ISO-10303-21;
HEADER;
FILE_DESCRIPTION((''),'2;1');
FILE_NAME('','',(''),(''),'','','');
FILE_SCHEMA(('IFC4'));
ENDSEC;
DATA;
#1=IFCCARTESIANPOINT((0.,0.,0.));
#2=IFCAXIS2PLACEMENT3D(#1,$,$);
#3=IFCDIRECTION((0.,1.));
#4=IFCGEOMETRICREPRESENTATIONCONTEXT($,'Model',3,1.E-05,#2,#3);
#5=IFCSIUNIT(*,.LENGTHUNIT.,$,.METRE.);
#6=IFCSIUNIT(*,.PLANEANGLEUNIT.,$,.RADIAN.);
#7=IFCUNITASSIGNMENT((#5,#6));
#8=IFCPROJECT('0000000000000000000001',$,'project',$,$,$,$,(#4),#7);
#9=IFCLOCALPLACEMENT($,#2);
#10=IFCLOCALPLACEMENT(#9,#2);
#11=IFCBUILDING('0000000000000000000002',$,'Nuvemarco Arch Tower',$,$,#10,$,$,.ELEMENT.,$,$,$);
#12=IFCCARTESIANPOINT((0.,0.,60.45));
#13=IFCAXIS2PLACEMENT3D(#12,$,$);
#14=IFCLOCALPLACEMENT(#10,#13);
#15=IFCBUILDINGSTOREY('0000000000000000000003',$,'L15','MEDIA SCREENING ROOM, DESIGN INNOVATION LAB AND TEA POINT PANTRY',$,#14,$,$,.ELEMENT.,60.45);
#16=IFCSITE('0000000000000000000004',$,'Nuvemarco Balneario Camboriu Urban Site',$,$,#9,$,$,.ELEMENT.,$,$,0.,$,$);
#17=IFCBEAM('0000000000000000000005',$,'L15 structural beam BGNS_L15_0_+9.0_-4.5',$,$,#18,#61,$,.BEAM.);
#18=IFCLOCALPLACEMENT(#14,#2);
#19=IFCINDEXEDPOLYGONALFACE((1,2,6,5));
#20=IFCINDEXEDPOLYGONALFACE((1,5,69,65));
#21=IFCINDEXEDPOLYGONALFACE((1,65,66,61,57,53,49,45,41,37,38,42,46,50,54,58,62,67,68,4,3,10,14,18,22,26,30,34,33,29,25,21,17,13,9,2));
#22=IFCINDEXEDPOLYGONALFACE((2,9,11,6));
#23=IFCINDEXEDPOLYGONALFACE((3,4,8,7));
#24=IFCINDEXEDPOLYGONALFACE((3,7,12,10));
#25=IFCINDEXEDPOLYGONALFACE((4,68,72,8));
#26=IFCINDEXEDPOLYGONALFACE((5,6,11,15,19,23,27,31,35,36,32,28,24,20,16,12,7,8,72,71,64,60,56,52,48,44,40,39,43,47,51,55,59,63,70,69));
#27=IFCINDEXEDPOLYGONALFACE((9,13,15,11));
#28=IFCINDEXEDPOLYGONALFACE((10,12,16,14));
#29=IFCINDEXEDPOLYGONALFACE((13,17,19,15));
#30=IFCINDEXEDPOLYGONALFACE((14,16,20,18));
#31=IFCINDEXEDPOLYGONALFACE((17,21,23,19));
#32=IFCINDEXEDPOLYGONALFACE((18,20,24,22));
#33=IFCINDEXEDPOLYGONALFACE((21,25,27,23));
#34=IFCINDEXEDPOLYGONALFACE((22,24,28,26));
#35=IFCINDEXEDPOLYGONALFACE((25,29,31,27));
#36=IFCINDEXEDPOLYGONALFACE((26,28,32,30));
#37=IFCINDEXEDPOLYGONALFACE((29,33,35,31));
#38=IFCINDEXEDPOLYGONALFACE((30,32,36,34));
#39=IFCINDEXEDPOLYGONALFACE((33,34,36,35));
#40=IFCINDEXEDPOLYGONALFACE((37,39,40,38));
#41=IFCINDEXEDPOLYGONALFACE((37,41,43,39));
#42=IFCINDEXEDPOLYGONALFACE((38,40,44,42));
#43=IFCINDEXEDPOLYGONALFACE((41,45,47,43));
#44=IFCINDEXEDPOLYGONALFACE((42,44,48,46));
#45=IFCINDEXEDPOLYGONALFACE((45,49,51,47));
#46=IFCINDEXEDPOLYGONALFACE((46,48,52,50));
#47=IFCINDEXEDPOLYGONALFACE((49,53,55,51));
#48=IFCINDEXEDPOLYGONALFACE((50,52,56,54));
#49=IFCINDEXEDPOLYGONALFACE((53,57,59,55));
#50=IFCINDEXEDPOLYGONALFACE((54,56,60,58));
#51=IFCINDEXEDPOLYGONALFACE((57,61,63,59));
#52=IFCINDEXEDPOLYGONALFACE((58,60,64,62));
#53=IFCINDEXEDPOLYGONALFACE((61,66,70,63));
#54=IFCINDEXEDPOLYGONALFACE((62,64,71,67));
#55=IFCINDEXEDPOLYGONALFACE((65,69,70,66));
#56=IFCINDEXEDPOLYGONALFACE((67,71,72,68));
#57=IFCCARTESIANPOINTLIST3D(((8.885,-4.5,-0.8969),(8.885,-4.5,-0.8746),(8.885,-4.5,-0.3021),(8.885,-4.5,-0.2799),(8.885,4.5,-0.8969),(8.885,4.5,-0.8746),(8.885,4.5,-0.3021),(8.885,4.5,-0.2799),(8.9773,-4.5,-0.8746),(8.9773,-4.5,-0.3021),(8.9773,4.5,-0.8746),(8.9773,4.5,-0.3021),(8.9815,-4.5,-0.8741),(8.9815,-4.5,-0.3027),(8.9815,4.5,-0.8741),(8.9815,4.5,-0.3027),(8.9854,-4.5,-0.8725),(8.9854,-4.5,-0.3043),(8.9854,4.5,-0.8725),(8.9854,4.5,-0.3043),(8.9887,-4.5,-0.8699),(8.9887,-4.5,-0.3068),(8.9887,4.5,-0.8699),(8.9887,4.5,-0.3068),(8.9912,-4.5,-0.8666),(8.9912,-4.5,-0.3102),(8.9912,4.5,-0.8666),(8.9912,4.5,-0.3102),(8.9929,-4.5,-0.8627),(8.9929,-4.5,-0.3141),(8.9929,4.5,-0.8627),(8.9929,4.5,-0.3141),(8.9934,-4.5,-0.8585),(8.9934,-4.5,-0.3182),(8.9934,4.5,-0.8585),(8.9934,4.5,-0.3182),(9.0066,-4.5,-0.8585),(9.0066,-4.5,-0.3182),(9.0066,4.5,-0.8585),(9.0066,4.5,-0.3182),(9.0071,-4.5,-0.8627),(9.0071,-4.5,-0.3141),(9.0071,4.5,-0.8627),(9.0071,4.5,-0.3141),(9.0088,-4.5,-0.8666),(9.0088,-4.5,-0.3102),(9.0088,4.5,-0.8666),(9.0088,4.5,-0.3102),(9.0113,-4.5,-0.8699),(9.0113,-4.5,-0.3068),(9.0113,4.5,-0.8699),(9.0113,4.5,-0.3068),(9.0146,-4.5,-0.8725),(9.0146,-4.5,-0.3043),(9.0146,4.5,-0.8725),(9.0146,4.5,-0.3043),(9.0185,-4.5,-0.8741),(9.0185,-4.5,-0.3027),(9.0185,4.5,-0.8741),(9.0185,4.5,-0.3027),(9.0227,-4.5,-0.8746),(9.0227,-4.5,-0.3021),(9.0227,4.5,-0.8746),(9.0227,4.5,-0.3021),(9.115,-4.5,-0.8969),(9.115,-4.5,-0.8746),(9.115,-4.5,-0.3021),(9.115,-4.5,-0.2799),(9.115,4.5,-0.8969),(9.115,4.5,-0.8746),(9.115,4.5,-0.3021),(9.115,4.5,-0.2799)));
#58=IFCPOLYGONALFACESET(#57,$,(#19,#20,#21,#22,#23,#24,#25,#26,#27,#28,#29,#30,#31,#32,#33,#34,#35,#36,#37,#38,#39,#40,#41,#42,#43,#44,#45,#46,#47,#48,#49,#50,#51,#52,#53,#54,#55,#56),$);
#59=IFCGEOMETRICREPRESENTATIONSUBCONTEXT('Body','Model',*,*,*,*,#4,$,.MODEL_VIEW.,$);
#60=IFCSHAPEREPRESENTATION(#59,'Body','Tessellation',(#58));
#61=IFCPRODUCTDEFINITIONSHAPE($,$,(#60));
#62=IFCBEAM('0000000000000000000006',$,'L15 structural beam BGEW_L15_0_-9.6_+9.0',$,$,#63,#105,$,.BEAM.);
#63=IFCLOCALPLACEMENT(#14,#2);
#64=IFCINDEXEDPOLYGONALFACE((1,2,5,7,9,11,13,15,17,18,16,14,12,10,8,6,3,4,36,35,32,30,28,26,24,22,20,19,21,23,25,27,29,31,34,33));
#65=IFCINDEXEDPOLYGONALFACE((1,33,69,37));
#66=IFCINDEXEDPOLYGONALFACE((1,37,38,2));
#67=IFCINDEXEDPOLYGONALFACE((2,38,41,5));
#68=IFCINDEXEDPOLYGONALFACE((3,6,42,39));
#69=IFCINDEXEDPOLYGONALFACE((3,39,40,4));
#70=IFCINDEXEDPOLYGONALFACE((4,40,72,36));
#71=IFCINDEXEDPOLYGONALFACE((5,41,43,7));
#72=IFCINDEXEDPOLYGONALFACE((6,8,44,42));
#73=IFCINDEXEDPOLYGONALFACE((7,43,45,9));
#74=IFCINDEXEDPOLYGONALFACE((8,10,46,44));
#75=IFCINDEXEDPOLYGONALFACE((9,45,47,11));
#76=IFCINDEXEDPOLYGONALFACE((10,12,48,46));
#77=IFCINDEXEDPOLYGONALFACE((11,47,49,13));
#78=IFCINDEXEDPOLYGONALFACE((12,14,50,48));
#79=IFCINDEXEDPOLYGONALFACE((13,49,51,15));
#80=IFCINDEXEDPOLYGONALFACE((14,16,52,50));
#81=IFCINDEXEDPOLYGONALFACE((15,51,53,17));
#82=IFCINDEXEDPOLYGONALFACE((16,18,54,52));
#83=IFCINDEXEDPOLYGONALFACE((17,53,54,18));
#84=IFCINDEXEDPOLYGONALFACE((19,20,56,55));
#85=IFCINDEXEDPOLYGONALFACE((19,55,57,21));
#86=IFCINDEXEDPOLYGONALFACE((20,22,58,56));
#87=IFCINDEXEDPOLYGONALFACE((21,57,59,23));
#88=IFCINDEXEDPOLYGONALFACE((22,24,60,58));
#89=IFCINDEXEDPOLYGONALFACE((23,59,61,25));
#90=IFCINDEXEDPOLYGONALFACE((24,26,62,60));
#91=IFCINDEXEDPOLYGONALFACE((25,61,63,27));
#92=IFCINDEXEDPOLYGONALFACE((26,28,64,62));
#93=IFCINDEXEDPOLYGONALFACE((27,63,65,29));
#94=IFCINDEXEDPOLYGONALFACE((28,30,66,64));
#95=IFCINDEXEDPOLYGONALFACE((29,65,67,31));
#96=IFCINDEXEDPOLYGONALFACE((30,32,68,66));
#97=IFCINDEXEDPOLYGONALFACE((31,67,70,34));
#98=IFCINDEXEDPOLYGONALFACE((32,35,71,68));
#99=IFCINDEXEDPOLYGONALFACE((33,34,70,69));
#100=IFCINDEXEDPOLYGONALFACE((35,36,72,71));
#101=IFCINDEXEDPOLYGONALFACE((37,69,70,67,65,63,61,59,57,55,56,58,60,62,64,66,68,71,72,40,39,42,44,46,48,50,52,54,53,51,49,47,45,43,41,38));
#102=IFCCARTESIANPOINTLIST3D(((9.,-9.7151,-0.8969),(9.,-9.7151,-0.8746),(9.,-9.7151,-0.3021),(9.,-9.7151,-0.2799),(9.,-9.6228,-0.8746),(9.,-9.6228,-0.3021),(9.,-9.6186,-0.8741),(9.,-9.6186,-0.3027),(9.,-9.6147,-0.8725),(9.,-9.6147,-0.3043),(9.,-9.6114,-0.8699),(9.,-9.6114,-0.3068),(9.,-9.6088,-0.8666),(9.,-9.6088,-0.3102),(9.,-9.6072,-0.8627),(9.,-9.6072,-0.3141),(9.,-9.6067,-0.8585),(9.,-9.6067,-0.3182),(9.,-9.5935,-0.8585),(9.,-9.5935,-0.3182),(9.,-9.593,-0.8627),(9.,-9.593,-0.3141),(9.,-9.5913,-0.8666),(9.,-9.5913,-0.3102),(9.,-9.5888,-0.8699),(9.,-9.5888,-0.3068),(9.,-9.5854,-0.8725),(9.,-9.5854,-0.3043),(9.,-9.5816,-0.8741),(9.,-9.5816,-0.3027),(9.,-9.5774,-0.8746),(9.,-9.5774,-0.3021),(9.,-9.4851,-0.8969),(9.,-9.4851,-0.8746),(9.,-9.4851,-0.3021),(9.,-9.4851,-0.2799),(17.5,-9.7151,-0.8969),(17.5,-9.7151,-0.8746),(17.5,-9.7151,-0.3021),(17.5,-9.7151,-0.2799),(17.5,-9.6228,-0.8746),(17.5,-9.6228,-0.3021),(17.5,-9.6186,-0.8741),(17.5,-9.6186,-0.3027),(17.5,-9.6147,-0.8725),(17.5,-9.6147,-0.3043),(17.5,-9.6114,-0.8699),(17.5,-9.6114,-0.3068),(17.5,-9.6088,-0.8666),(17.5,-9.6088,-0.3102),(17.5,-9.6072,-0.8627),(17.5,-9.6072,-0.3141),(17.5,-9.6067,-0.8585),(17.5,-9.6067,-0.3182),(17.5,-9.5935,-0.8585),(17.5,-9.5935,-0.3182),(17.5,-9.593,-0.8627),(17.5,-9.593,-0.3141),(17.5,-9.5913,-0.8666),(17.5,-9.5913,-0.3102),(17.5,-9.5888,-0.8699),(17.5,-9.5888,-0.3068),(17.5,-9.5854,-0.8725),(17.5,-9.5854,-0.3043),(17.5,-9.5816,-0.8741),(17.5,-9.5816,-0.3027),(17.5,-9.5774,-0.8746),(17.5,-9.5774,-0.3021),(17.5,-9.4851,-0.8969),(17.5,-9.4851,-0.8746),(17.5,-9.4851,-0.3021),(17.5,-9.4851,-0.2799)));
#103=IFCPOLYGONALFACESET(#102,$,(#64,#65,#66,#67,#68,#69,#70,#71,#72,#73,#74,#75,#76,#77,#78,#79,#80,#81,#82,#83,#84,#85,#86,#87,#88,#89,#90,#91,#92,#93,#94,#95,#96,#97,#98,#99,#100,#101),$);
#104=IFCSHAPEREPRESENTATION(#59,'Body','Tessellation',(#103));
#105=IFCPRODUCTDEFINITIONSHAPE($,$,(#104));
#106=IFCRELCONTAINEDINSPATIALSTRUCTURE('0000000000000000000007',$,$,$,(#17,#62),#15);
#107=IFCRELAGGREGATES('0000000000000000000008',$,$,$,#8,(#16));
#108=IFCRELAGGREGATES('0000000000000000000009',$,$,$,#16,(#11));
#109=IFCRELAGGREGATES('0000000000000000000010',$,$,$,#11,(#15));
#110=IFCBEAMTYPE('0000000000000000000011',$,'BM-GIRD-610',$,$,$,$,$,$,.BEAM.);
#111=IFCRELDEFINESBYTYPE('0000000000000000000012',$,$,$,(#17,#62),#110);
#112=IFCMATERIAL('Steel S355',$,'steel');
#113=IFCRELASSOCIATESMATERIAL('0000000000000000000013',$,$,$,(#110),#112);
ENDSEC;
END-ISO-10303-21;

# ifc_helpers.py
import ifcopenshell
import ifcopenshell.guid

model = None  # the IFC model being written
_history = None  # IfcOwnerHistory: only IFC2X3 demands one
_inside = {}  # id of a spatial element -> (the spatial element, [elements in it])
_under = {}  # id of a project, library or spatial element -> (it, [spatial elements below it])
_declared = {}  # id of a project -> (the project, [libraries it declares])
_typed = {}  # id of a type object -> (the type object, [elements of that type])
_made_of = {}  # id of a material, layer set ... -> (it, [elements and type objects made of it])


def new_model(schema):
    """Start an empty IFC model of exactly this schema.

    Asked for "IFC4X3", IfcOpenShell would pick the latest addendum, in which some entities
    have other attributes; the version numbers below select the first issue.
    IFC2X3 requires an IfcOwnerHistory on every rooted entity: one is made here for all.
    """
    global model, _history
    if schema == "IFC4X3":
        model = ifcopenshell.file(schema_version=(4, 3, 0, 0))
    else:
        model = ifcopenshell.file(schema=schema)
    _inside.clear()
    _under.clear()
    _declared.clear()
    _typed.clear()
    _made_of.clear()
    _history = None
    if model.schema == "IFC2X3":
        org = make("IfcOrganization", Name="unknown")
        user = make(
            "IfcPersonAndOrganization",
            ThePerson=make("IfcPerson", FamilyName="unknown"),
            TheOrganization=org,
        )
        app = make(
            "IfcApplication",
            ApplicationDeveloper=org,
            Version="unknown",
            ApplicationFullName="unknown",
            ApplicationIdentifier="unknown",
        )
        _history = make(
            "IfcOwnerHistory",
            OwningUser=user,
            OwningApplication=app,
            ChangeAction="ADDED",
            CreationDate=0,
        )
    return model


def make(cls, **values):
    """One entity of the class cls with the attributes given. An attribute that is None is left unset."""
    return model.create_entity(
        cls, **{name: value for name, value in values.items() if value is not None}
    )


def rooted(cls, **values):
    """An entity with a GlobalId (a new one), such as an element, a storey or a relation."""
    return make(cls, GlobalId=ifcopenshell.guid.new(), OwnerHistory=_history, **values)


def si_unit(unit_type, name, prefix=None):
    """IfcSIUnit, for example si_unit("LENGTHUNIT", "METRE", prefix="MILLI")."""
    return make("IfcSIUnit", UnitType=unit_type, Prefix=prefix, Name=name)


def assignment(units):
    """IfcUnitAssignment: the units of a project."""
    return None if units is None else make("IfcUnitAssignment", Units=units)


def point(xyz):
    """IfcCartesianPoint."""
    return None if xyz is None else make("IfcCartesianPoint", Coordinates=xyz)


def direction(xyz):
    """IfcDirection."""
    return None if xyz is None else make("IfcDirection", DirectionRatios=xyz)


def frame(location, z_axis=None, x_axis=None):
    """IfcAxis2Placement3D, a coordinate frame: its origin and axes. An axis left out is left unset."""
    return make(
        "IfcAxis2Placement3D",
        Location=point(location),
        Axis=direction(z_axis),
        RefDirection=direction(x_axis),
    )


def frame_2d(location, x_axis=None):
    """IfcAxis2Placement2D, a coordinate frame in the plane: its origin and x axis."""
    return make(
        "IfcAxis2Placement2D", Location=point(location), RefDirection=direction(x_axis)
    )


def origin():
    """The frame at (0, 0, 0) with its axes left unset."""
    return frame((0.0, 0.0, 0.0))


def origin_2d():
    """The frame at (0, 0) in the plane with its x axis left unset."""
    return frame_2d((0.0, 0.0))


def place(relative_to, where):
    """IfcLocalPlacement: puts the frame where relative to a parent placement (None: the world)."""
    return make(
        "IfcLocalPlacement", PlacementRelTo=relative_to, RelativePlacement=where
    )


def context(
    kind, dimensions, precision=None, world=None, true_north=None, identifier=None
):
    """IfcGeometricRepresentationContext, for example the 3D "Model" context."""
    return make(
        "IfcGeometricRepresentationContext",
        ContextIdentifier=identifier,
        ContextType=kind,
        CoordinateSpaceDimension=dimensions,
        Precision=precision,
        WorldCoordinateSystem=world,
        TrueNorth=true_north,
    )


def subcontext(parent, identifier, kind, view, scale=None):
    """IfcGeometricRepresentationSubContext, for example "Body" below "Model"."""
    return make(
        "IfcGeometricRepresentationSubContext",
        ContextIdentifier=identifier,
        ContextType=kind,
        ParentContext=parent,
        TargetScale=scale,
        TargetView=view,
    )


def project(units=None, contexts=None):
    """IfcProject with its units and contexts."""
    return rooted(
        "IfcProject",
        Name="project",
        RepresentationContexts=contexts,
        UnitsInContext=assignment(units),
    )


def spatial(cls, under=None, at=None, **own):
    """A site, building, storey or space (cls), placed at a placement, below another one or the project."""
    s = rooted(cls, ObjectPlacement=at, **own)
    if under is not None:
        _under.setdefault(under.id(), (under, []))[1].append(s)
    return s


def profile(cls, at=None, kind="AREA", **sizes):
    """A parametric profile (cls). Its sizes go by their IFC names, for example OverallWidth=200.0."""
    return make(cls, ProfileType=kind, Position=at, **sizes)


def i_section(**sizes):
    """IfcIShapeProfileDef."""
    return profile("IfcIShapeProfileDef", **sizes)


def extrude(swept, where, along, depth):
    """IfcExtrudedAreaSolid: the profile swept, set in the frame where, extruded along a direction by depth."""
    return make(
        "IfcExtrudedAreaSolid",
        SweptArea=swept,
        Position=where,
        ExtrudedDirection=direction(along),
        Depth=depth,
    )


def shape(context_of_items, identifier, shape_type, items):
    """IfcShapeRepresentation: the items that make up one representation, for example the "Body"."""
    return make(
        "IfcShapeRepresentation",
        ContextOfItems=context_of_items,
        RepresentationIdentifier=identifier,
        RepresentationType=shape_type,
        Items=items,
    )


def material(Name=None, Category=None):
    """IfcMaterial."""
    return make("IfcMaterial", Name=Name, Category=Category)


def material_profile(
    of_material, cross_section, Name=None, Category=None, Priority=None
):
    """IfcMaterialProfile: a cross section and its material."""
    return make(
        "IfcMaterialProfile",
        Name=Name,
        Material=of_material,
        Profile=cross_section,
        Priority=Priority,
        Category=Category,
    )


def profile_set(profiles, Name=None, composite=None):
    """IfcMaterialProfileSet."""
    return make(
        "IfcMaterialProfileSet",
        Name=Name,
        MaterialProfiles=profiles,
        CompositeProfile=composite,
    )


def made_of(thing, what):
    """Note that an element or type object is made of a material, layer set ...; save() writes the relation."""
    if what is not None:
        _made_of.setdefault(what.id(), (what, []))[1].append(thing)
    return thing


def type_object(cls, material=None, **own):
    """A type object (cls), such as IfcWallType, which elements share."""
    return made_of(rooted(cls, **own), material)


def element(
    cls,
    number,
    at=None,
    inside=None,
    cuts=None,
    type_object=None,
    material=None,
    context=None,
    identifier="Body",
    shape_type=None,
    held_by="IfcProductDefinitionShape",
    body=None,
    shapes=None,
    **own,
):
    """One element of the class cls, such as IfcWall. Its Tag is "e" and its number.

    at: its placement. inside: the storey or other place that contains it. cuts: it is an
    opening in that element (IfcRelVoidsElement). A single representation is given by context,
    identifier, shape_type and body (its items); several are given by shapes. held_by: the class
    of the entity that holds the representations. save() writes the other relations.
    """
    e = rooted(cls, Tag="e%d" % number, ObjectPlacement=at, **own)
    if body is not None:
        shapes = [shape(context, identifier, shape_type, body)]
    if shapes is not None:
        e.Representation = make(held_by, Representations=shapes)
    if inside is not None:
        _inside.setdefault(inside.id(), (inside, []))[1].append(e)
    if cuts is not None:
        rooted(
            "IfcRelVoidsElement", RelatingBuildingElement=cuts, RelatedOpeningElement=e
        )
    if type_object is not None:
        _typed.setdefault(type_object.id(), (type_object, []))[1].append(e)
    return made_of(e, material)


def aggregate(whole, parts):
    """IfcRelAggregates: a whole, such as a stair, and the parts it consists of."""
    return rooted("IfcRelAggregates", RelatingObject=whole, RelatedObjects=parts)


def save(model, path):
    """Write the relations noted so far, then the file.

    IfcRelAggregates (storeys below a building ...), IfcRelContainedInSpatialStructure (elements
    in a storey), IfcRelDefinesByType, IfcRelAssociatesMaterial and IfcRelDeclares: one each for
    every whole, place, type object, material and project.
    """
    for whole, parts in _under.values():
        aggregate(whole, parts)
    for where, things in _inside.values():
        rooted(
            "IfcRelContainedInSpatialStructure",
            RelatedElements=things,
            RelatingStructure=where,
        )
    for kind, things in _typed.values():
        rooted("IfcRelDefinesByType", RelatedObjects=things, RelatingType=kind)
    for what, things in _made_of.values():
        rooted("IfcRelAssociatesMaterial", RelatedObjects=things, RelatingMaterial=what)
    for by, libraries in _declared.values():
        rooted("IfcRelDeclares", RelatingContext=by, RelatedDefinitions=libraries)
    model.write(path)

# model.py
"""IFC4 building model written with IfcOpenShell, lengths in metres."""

from ifc_helpers import new_model, si_unit, direction, frame, origin, origin_2d, place, context, subcontext, project, spatial, i_section, extrude, material, material_profile, profile_set, type_object, element, save


model = new_model("IFC4")

# Units and contexts
model_context = context("Model", 3, precision=1e-05, world=origin(), true_north=direction((0.0, 1.0)))
body_context = subcontext(model_context, "Body", "Model", "MODEL_VIEW")
ifc_project = project(units=[si_unit("LENGTHUNIT", "METRE"), si_unit("PLANEANGLEUNIT", "RADIAN")], contexts=[model_context])

# Site, building, storey
site_placement = place(None, origin())
site = spatial("IfcSite", under=ifc_project, at=site_placement, Name="Nuvemarco Balneario Camboriu Urban Site", CompositionType="ELEMENT", RefElevation=0.0)
building_placement = place(site_placement, origin())
building = spatial("IfcBuilding", under=site, at=building_placement, Name="Nuvemarco Arch Tower", CompositionType="ELEMENT")
storey_placement = place(building_placement, frame((0.0, 0.0, 60.45)))
storey = spatial("IfcBuildingStorey", under=building, at=storey_placement, Name="L15", Description="MEDIA SCREENING ROOM, DESIGN INNOVATION LAB AND TEA POINT PANTRY", CompositionType="ELEMENT", Elevation=60.45)

# Shared definitions
ifc_material_1 = material(Name="Steel S355", Category="steel")

# Beams
ifc_material_profile_1 = material_profile(ifc_material_1, i_section(OverallWidth=0.23, OverallDepth=0.6169, WebThickness=0.0132, FlangeThickness=0.0222, FilletRadius=0.0161, at=origin_2d()), Name="W610x140")
ifc_profile_set_1 = profile_set([ifc_material_profile_1], Name="Steel S355")
beam_type_1 = type_object("IfcBeamType", Name="BM-GIRD-610", PredefinedType="BEAM", material=ifc_profile_set_1)
beam_1_placement = place(storey_placement, frame((9.0, -4.5, -0.5884), z_axis=(0.0, 1.0, 0.0), x_axis=(-1.0, 0.0, 0.0)))
element("IfcBeam", 1, at=beam_1_placement, inside=storey, type_object=beam_type_1, Name="L15 structural beam BGNS_L15_0_+9.0_-4.5", PredefinedType="BEAM", context=body_context, shape_type="SweptSolid", body=[
    extrude(i_section(OverallWidth=0.23, OverallDepth=0.6169, WebThickness=0.0132, FlangeThickness=0.0222, FilletRadius=0.0161, at=origin_2d()), origin(), (0.0, 0.0, 1.0), 9.0),
])
beam_2_placement = place(storey_placement, frame((9.0, -9.6001, -0.5884), z_axis=(1.0, 0.0, 0.0), x_axis=(0.0, 1.0, 0.0)))
element("IfcBeam", 2, at=beam_2_placement, inside=storey, type_object=beam_type_1, Name="L15 structural beam BGEW_L15_0_-9.6_+9.0", PredefinedType="BEAM", context=body_context, shape_type="SweptSolid", body=[
    extrude(i_section(OverallWidth=0.23, OverallDepth=0.6169, WebThickness=0.0132, FlangeThickness=0.0222, FilletRadius=0.0161, at=origin_2d()), origin(), (0.0, 0.0, 1.0), 8.5),
])

save(model, "model.ifc")
